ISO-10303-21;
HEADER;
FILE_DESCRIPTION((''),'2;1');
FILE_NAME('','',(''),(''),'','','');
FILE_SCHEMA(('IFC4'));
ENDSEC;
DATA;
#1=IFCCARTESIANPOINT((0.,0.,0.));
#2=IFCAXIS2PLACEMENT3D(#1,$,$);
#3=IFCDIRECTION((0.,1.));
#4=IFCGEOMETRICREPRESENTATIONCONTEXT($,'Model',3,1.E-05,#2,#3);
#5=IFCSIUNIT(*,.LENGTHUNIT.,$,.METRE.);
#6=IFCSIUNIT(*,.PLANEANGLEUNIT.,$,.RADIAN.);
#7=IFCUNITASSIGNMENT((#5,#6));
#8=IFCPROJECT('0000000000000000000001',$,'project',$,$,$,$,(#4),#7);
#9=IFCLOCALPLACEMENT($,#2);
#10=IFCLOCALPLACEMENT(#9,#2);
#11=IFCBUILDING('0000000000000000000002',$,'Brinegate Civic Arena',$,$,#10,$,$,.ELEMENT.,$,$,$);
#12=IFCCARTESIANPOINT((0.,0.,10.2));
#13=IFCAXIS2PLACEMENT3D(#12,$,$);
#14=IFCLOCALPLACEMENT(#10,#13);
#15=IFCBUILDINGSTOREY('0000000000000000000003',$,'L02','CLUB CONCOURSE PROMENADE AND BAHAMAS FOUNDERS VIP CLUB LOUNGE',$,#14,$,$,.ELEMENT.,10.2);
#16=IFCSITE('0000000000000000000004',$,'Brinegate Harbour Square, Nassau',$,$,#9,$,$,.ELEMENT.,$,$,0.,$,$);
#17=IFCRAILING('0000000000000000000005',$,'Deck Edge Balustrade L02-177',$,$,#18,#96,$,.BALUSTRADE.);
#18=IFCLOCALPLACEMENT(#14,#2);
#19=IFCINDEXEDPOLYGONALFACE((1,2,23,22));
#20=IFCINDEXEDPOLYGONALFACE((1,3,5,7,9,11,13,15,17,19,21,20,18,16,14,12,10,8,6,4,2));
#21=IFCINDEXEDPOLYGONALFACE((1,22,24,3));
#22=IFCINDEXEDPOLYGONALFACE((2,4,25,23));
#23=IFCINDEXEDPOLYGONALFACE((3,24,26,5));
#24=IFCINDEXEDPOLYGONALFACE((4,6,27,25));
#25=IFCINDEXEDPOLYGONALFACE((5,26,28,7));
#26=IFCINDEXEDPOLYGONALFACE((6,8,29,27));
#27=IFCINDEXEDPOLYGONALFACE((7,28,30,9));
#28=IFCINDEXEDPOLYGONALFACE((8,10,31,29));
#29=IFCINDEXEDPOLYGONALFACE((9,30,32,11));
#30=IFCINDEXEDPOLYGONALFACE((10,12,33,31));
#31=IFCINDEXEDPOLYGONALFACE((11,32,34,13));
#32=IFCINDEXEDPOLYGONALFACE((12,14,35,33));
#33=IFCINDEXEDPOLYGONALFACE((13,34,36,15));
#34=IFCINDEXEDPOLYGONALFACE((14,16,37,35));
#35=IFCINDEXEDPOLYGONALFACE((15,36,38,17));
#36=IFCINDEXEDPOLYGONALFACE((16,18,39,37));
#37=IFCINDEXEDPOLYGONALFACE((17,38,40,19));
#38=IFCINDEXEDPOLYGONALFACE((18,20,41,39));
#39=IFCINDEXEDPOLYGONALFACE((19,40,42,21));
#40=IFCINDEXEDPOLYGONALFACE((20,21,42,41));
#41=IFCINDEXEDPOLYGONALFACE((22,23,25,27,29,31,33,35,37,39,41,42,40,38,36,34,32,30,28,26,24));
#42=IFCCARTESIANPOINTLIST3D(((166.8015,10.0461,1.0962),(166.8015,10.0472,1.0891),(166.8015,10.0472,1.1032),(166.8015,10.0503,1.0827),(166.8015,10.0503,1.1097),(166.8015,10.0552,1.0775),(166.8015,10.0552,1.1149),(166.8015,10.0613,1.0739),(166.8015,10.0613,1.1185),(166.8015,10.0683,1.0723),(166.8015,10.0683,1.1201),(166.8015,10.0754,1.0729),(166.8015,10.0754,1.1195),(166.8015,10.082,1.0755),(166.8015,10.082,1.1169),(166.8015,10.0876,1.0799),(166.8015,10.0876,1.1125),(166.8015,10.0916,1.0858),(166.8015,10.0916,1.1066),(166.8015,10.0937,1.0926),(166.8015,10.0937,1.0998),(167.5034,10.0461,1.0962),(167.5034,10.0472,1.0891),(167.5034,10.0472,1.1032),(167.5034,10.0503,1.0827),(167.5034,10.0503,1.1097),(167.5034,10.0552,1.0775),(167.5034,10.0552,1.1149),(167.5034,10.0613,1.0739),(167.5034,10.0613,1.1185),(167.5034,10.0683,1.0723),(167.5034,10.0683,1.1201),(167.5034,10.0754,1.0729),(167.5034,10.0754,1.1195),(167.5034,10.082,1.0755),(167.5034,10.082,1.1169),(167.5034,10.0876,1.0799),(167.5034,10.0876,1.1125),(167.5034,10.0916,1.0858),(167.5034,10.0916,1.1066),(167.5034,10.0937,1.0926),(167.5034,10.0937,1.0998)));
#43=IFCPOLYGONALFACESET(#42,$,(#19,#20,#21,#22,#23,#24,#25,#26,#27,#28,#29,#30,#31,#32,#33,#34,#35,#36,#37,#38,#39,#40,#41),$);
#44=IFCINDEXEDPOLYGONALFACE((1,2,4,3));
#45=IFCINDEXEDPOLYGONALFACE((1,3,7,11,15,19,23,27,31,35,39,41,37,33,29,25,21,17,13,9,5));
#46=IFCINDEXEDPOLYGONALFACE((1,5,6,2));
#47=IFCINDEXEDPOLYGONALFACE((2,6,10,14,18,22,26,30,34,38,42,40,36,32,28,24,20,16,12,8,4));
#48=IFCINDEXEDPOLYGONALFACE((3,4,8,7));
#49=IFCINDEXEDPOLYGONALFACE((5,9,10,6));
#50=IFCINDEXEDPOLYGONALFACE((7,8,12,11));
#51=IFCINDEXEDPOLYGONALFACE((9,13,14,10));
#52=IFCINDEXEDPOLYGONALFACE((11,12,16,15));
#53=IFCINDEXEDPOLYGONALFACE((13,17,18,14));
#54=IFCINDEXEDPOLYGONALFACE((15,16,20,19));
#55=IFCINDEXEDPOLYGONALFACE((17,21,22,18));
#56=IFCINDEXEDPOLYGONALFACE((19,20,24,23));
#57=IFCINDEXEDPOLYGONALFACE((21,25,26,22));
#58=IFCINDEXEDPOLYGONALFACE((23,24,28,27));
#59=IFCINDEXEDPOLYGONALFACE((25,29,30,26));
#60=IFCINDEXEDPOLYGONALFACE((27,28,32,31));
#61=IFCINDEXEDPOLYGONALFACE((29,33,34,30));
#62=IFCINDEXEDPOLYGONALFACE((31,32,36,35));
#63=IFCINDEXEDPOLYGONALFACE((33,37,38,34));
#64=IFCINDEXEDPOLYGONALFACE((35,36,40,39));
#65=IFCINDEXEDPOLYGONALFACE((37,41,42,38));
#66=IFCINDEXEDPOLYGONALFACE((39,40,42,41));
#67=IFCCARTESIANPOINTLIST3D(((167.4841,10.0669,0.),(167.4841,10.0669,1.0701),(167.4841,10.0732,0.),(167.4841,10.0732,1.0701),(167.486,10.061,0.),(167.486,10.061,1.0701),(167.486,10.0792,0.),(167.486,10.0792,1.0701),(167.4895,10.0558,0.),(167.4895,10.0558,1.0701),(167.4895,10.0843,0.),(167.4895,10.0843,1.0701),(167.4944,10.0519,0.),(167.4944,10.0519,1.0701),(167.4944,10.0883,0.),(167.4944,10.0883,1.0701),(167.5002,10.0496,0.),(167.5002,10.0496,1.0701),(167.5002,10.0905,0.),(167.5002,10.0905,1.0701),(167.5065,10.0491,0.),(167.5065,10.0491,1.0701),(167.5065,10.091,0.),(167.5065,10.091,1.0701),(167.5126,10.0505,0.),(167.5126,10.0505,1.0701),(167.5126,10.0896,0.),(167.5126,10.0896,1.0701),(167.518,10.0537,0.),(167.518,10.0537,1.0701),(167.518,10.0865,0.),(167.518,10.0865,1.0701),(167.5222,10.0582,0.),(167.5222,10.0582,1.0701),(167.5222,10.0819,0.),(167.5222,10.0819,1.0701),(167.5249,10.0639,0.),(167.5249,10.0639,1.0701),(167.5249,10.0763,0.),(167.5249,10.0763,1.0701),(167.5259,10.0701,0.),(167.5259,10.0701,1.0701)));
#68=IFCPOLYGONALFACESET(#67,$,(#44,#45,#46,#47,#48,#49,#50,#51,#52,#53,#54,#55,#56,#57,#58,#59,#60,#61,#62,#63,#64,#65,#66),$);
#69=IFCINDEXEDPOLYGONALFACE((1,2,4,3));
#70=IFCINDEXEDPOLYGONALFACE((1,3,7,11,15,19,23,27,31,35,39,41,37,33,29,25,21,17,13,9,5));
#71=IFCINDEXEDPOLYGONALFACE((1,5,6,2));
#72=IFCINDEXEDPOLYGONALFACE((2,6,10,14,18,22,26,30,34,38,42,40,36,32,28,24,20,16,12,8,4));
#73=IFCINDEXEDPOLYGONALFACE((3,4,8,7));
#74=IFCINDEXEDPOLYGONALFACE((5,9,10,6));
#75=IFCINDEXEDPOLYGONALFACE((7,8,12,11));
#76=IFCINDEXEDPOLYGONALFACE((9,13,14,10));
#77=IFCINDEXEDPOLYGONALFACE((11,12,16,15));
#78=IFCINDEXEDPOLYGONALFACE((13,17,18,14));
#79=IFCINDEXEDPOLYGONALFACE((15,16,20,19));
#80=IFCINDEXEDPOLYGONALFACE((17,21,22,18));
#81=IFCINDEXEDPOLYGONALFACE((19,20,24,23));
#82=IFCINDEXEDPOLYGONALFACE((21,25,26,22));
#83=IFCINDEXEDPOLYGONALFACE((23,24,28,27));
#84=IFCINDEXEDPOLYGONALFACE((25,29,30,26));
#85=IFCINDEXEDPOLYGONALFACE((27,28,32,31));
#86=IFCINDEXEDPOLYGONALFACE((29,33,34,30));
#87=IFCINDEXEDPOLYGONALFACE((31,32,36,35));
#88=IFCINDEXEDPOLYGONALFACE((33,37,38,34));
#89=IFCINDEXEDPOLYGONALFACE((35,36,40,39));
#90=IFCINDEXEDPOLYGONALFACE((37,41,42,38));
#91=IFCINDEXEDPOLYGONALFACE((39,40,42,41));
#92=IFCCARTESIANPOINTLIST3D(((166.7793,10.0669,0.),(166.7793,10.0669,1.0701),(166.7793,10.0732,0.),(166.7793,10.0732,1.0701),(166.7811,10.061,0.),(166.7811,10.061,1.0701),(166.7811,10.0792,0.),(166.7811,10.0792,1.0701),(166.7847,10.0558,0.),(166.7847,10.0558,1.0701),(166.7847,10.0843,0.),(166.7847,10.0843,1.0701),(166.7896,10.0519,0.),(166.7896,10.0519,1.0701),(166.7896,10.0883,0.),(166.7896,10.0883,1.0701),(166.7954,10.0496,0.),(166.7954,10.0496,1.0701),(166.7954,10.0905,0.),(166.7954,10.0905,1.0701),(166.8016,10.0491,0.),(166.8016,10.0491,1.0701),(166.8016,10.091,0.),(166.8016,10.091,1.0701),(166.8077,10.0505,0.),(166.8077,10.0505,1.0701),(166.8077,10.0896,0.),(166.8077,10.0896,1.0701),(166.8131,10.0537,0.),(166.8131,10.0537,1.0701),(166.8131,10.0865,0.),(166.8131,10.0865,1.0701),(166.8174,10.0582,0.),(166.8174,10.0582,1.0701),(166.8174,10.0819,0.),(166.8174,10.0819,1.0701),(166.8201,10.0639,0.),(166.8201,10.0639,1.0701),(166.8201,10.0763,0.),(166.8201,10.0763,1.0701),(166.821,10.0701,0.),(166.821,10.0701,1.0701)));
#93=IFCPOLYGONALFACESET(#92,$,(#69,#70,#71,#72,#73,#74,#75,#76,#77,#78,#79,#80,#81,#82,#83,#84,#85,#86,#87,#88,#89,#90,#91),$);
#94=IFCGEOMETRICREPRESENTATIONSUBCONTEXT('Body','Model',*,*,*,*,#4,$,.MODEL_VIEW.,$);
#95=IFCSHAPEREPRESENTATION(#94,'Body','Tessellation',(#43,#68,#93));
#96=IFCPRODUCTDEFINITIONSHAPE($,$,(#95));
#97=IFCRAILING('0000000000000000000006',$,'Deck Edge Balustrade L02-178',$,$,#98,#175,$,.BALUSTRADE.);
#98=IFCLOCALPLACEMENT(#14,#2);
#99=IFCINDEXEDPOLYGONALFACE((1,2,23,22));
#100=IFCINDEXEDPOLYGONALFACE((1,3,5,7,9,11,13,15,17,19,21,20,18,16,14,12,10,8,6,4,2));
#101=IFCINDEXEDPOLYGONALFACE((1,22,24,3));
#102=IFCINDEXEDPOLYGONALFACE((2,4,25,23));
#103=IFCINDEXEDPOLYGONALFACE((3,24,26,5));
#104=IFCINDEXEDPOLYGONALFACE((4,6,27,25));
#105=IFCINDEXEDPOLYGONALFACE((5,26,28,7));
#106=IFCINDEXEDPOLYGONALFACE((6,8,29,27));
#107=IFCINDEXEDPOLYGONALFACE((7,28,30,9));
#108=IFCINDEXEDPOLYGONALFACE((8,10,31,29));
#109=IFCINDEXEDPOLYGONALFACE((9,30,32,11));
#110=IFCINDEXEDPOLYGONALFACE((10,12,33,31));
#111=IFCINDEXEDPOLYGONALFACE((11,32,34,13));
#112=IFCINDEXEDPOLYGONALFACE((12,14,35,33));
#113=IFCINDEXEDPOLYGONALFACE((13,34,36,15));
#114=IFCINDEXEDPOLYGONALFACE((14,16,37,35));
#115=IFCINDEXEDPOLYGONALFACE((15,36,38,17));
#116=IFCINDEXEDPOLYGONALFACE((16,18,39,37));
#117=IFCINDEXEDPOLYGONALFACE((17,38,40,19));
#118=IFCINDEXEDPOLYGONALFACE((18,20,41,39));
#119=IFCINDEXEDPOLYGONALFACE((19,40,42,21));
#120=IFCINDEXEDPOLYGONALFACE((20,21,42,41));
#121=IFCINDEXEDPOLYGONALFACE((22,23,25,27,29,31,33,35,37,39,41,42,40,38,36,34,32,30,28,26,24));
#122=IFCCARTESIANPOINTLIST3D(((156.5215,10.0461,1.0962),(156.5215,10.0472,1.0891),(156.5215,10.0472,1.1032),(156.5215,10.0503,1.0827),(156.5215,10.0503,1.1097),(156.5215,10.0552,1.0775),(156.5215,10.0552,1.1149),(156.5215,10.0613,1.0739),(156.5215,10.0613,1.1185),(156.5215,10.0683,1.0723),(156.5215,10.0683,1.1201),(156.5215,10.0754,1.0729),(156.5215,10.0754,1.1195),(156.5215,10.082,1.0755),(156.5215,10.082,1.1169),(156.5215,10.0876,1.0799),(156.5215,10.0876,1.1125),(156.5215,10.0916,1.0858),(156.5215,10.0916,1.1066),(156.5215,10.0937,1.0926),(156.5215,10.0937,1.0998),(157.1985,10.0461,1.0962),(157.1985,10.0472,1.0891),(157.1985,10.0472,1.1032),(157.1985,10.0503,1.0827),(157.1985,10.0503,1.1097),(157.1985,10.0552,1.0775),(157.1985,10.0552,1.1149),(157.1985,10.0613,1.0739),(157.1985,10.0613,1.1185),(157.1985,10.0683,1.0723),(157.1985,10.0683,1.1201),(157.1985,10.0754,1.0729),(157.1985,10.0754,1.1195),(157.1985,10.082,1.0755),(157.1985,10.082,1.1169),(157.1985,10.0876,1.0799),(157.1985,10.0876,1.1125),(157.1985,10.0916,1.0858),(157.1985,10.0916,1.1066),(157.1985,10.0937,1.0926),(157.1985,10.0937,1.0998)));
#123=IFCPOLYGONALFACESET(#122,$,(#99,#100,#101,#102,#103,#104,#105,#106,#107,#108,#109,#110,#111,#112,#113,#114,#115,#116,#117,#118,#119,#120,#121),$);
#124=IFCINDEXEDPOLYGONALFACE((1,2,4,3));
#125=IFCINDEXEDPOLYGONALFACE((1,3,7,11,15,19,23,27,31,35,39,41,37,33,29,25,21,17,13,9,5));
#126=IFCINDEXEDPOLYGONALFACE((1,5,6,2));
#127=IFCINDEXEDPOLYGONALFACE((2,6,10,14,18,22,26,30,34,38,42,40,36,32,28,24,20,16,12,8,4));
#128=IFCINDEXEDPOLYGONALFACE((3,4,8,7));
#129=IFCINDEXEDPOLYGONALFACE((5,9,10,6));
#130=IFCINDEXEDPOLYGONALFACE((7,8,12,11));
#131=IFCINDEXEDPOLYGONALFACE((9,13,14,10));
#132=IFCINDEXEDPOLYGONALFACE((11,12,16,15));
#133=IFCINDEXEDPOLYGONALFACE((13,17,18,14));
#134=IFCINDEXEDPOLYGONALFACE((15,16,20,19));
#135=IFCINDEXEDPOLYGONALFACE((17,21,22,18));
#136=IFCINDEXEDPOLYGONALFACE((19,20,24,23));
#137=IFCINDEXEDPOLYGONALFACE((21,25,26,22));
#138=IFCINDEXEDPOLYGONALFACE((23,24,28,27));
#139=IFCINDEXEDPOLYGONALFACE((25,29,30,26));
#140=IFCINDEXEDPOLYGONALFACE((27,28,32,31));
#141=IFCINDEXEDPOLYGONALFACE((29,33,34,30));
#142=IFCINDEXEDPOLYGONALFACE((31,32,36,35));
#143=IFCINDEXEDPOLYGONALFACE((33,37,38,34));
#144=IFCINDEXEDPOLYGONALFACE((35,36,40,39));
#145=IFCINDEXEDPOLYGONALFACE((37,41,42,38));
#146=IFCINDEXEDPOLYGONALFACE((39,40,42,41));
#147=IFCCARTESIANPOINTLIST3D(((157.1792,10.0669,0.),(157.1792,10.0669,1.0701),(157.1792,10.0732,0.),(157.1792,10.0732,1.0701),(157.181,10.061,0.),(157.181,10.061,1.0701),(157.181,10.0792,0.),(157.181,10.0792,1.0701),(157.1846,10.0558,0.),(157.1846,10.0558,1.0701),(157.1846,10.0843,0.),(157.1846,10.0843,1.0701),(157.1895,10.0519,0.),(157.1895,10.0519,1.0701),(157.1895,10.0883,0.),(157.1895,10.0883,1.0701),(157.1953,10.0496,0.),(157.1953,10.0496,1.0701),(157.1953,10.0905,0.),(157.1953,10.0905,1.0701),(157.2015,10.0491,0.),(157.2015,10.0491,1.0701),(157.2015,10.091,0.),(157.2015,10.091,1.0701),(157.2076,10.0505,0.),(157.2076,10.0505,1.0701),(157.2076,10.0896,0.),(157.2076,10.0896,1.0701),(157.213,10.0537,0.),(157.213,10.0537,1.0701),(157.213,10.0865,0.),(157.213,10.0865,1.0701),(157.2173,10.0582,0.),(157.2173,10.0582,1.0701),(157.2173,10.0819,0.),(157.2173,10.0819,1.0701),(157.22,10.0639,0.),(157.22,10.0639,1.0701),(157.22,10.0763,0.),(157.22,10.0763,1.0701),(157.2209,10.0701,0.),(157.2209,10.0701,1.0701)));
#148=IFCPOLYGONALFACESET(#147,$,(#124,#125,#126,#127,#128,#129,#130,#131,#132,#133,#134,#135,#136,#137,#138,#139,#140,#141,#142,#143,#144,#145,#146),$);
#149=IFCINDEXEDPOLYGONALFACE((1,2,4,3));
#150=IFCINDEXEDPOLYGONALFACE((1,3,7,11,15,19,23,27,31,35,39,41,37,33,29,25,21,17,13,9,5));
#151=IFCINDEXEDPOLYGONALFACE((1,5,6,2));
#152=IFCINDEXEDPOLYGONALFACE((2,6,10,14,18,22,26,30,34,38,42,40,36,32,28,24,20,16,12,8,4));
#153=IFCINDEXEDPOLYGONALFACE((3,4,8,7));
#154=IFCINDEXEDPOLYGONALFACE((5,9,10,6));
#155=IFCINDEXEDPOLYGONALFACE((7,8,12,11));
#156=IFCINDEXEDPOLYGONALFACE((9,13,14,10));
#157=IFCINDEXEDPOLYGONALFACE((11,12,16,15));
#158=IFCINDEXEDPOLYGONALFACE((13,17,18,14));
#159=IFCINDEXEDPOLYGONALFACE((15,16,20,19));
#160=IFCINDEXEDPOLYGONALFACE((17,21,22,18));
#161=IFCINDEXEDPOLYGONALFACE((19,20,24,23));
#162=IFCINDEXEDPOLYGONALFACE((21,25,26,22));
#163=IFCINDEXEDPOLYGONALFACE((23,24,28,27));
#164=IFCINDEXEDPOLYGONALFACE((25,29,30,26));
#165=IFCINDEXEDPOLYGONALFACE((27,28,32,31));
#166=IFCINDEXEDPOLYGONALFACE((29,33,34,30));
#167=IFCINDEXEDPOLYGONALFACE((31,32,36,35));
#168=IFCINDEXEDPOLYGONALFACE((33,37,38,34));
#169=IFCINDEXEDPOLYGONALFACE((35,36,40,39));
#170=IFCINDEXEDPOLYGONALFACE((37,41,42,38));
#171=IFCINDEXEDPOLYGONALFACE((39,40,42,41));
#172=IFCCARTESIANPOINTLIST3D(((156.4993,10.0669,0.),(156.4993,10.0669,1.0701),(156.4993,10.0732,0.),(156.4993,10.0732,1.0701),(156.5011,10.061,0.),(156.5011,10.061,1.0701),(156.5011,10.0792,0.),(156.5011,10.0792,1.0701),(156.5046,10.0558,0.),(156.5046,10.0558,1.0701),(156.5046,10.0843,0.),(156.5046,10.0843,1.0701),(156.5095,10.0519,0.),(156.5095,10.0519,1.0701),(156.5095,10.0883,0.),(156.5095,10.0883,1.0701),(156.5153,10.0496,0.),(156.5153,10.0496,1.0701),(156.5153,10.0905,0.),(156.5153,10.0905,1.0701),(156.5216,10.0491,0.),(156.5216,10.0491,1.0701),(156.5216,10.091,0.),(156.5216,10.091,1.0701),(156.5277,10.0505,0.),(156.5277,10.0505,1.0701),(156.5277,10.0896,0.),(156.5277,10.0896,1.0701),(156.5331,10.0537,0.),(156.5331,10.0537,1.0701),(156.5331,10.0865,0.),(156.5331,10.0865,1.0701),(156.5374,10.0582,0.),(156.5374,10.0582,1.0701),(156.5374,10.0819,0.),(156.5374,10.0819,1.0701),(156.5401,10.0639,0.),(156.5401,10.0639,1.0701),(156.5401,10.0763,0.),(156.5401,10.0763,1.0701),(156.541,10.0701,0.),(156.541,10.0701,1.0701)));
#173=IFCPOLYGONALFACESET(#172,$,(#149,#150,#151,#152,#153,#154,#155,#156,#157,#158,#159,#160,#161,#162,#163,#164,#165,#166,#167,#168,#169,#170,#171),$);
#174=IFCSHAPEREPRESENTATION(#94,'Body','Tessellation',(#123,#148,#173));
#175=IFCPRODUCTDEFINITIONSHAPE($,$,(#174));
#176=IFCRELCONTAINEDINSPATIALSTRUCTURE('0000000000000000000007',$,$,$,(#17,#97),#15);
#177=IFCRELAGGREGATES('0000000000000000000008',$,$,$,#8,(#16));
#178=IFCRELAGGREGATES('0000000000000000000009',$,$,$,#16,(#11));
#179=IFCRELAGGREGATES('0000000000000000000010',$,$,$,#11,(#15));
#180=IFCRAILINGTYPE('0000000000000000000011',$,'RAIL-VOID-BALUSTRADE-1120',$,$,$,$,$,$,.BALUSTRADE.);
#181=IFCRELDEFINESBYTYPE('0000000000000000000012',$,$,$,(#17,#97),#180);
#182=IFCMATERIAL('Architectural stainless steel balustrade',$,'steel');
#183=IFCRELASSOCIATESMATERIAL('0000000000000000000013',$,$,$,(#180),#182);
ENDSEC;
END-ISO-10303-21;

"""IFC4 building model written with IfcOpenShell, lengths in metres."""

from ifc_helpers import new_model, si_unit, direction, frame, origin, origin_2d, place, context, subcontext, project, spatial, circle, extrude, material, type_object, element, save


model = new_model("IFC4")

# Units and contexts
model_context = context("Model", 3, precision=1e-05, world=origin(), true_north=direction((0.0, 1.0)))
body_context = subcontext(model_context, "Body", "Model", "MODEL_VIEW")
ifc_project = project(units=[si_unit("LENGTHUNIT", "METRE"), si_unit("PLANEANGLEUNIT", "RADIAN")], contexts=[model_context])

# Site, building, storey
site_placement = place(None, origin())
site = spatial("IfcSite", under=ifc_project, at=site_placement, Name="Brinegate Harbour Square, Nassau", CompositionType="ELEMENT", RefElevation=0.0)
building_placement = place(site_placement, origin())
building = spatial("IfcBuilding", under=site, at=building_placement, Name="Brinegate Civic Arena", CompositionType="ELEMENT")
storey_placement = place(building_placement, frame((0.0, 0.0, 10.2)))
storey = spatial("IfcBuildingStorey", under=building, at=storey_placement, Name="L02", Description="CLUB CONCOURSE PROMENADE AND BAHAMAS FOUNDERS VIP CLUB LOUNGE", CompositionType="ELEMENT", Elevation=10.2)

# Railings
ifc_material_1 = material(Name="Architectural stainless steel balustrade", Category="steel")
railing_type_1 = type_object("IfcRailingType", Name="RAIL-VOID-BALUSTRADE-1120", PredefinedType="BALUSTRADE", material=ifc_material_1)
railing_1_placement = place(storey_placement, frame((167.5049, 10.0701, 0.0)))
element("IfcRailing", 1, at=railing_1_placement, inside=storey, type_object=railing_type_1, Name="Deck Edge Balustrade L02-177", PredefinedType="BALUSTRADE", context=body_context, shape_type="SweptSolid", body=[
    extrude(circle(Radius=0.0239, at=origin_2d()), frame((-0.0015, 0.0, 1.0962), z_axis=(-1.0, 0.0, 0.0), x_axis=(0.0, -1.0, 0.0)), (0.0, 0.0, 1.0), 0.7019),
    extrude(circle(Radius=0.021, at=origin_2d()), origin(), (0.0, 0.0, 1.0), 1.0701),
    extrude(circle(Radius=0.021, at=origin_2d()), frame((-0.7048, 0.0, 0.0)), (0.0, 0.0, 1.0), 1.0701),
])
railing_2_placement = place(storey_placement, frame((157.2, 10.0701, 0.0)))
element("IfcRailing", 2, at=railing_2_placement, inside=storey, type_object=railing_type_1, Name="Deck Edge Balustrade L02-178", PredefinedType="BALUSTRADE", context=body_context, shape_type="SweptSolid", body=[
    extrude(circle(Radius=0.0239, at=origin_2d()), frame((-0.0015, 0.0, 1.0962), z_axis=(-1.0, 0.0, 0.0), x_axis=(0.0, -1.0, 0.0)), (0.0, 0.0, 1.0), 0.677),
    extrude(circle(Radius=0.021, at=origin_2d()), origin(), (0.0, 0.0, 1.0), 1.0701),
    extrude(circle(Radius=0.021, at=origin_2d()), frame((-0.6799, 0.0, 0.0)), (0.0, 0.0, 1.0), 1.0701),
])

save(model, "model.ifc")
